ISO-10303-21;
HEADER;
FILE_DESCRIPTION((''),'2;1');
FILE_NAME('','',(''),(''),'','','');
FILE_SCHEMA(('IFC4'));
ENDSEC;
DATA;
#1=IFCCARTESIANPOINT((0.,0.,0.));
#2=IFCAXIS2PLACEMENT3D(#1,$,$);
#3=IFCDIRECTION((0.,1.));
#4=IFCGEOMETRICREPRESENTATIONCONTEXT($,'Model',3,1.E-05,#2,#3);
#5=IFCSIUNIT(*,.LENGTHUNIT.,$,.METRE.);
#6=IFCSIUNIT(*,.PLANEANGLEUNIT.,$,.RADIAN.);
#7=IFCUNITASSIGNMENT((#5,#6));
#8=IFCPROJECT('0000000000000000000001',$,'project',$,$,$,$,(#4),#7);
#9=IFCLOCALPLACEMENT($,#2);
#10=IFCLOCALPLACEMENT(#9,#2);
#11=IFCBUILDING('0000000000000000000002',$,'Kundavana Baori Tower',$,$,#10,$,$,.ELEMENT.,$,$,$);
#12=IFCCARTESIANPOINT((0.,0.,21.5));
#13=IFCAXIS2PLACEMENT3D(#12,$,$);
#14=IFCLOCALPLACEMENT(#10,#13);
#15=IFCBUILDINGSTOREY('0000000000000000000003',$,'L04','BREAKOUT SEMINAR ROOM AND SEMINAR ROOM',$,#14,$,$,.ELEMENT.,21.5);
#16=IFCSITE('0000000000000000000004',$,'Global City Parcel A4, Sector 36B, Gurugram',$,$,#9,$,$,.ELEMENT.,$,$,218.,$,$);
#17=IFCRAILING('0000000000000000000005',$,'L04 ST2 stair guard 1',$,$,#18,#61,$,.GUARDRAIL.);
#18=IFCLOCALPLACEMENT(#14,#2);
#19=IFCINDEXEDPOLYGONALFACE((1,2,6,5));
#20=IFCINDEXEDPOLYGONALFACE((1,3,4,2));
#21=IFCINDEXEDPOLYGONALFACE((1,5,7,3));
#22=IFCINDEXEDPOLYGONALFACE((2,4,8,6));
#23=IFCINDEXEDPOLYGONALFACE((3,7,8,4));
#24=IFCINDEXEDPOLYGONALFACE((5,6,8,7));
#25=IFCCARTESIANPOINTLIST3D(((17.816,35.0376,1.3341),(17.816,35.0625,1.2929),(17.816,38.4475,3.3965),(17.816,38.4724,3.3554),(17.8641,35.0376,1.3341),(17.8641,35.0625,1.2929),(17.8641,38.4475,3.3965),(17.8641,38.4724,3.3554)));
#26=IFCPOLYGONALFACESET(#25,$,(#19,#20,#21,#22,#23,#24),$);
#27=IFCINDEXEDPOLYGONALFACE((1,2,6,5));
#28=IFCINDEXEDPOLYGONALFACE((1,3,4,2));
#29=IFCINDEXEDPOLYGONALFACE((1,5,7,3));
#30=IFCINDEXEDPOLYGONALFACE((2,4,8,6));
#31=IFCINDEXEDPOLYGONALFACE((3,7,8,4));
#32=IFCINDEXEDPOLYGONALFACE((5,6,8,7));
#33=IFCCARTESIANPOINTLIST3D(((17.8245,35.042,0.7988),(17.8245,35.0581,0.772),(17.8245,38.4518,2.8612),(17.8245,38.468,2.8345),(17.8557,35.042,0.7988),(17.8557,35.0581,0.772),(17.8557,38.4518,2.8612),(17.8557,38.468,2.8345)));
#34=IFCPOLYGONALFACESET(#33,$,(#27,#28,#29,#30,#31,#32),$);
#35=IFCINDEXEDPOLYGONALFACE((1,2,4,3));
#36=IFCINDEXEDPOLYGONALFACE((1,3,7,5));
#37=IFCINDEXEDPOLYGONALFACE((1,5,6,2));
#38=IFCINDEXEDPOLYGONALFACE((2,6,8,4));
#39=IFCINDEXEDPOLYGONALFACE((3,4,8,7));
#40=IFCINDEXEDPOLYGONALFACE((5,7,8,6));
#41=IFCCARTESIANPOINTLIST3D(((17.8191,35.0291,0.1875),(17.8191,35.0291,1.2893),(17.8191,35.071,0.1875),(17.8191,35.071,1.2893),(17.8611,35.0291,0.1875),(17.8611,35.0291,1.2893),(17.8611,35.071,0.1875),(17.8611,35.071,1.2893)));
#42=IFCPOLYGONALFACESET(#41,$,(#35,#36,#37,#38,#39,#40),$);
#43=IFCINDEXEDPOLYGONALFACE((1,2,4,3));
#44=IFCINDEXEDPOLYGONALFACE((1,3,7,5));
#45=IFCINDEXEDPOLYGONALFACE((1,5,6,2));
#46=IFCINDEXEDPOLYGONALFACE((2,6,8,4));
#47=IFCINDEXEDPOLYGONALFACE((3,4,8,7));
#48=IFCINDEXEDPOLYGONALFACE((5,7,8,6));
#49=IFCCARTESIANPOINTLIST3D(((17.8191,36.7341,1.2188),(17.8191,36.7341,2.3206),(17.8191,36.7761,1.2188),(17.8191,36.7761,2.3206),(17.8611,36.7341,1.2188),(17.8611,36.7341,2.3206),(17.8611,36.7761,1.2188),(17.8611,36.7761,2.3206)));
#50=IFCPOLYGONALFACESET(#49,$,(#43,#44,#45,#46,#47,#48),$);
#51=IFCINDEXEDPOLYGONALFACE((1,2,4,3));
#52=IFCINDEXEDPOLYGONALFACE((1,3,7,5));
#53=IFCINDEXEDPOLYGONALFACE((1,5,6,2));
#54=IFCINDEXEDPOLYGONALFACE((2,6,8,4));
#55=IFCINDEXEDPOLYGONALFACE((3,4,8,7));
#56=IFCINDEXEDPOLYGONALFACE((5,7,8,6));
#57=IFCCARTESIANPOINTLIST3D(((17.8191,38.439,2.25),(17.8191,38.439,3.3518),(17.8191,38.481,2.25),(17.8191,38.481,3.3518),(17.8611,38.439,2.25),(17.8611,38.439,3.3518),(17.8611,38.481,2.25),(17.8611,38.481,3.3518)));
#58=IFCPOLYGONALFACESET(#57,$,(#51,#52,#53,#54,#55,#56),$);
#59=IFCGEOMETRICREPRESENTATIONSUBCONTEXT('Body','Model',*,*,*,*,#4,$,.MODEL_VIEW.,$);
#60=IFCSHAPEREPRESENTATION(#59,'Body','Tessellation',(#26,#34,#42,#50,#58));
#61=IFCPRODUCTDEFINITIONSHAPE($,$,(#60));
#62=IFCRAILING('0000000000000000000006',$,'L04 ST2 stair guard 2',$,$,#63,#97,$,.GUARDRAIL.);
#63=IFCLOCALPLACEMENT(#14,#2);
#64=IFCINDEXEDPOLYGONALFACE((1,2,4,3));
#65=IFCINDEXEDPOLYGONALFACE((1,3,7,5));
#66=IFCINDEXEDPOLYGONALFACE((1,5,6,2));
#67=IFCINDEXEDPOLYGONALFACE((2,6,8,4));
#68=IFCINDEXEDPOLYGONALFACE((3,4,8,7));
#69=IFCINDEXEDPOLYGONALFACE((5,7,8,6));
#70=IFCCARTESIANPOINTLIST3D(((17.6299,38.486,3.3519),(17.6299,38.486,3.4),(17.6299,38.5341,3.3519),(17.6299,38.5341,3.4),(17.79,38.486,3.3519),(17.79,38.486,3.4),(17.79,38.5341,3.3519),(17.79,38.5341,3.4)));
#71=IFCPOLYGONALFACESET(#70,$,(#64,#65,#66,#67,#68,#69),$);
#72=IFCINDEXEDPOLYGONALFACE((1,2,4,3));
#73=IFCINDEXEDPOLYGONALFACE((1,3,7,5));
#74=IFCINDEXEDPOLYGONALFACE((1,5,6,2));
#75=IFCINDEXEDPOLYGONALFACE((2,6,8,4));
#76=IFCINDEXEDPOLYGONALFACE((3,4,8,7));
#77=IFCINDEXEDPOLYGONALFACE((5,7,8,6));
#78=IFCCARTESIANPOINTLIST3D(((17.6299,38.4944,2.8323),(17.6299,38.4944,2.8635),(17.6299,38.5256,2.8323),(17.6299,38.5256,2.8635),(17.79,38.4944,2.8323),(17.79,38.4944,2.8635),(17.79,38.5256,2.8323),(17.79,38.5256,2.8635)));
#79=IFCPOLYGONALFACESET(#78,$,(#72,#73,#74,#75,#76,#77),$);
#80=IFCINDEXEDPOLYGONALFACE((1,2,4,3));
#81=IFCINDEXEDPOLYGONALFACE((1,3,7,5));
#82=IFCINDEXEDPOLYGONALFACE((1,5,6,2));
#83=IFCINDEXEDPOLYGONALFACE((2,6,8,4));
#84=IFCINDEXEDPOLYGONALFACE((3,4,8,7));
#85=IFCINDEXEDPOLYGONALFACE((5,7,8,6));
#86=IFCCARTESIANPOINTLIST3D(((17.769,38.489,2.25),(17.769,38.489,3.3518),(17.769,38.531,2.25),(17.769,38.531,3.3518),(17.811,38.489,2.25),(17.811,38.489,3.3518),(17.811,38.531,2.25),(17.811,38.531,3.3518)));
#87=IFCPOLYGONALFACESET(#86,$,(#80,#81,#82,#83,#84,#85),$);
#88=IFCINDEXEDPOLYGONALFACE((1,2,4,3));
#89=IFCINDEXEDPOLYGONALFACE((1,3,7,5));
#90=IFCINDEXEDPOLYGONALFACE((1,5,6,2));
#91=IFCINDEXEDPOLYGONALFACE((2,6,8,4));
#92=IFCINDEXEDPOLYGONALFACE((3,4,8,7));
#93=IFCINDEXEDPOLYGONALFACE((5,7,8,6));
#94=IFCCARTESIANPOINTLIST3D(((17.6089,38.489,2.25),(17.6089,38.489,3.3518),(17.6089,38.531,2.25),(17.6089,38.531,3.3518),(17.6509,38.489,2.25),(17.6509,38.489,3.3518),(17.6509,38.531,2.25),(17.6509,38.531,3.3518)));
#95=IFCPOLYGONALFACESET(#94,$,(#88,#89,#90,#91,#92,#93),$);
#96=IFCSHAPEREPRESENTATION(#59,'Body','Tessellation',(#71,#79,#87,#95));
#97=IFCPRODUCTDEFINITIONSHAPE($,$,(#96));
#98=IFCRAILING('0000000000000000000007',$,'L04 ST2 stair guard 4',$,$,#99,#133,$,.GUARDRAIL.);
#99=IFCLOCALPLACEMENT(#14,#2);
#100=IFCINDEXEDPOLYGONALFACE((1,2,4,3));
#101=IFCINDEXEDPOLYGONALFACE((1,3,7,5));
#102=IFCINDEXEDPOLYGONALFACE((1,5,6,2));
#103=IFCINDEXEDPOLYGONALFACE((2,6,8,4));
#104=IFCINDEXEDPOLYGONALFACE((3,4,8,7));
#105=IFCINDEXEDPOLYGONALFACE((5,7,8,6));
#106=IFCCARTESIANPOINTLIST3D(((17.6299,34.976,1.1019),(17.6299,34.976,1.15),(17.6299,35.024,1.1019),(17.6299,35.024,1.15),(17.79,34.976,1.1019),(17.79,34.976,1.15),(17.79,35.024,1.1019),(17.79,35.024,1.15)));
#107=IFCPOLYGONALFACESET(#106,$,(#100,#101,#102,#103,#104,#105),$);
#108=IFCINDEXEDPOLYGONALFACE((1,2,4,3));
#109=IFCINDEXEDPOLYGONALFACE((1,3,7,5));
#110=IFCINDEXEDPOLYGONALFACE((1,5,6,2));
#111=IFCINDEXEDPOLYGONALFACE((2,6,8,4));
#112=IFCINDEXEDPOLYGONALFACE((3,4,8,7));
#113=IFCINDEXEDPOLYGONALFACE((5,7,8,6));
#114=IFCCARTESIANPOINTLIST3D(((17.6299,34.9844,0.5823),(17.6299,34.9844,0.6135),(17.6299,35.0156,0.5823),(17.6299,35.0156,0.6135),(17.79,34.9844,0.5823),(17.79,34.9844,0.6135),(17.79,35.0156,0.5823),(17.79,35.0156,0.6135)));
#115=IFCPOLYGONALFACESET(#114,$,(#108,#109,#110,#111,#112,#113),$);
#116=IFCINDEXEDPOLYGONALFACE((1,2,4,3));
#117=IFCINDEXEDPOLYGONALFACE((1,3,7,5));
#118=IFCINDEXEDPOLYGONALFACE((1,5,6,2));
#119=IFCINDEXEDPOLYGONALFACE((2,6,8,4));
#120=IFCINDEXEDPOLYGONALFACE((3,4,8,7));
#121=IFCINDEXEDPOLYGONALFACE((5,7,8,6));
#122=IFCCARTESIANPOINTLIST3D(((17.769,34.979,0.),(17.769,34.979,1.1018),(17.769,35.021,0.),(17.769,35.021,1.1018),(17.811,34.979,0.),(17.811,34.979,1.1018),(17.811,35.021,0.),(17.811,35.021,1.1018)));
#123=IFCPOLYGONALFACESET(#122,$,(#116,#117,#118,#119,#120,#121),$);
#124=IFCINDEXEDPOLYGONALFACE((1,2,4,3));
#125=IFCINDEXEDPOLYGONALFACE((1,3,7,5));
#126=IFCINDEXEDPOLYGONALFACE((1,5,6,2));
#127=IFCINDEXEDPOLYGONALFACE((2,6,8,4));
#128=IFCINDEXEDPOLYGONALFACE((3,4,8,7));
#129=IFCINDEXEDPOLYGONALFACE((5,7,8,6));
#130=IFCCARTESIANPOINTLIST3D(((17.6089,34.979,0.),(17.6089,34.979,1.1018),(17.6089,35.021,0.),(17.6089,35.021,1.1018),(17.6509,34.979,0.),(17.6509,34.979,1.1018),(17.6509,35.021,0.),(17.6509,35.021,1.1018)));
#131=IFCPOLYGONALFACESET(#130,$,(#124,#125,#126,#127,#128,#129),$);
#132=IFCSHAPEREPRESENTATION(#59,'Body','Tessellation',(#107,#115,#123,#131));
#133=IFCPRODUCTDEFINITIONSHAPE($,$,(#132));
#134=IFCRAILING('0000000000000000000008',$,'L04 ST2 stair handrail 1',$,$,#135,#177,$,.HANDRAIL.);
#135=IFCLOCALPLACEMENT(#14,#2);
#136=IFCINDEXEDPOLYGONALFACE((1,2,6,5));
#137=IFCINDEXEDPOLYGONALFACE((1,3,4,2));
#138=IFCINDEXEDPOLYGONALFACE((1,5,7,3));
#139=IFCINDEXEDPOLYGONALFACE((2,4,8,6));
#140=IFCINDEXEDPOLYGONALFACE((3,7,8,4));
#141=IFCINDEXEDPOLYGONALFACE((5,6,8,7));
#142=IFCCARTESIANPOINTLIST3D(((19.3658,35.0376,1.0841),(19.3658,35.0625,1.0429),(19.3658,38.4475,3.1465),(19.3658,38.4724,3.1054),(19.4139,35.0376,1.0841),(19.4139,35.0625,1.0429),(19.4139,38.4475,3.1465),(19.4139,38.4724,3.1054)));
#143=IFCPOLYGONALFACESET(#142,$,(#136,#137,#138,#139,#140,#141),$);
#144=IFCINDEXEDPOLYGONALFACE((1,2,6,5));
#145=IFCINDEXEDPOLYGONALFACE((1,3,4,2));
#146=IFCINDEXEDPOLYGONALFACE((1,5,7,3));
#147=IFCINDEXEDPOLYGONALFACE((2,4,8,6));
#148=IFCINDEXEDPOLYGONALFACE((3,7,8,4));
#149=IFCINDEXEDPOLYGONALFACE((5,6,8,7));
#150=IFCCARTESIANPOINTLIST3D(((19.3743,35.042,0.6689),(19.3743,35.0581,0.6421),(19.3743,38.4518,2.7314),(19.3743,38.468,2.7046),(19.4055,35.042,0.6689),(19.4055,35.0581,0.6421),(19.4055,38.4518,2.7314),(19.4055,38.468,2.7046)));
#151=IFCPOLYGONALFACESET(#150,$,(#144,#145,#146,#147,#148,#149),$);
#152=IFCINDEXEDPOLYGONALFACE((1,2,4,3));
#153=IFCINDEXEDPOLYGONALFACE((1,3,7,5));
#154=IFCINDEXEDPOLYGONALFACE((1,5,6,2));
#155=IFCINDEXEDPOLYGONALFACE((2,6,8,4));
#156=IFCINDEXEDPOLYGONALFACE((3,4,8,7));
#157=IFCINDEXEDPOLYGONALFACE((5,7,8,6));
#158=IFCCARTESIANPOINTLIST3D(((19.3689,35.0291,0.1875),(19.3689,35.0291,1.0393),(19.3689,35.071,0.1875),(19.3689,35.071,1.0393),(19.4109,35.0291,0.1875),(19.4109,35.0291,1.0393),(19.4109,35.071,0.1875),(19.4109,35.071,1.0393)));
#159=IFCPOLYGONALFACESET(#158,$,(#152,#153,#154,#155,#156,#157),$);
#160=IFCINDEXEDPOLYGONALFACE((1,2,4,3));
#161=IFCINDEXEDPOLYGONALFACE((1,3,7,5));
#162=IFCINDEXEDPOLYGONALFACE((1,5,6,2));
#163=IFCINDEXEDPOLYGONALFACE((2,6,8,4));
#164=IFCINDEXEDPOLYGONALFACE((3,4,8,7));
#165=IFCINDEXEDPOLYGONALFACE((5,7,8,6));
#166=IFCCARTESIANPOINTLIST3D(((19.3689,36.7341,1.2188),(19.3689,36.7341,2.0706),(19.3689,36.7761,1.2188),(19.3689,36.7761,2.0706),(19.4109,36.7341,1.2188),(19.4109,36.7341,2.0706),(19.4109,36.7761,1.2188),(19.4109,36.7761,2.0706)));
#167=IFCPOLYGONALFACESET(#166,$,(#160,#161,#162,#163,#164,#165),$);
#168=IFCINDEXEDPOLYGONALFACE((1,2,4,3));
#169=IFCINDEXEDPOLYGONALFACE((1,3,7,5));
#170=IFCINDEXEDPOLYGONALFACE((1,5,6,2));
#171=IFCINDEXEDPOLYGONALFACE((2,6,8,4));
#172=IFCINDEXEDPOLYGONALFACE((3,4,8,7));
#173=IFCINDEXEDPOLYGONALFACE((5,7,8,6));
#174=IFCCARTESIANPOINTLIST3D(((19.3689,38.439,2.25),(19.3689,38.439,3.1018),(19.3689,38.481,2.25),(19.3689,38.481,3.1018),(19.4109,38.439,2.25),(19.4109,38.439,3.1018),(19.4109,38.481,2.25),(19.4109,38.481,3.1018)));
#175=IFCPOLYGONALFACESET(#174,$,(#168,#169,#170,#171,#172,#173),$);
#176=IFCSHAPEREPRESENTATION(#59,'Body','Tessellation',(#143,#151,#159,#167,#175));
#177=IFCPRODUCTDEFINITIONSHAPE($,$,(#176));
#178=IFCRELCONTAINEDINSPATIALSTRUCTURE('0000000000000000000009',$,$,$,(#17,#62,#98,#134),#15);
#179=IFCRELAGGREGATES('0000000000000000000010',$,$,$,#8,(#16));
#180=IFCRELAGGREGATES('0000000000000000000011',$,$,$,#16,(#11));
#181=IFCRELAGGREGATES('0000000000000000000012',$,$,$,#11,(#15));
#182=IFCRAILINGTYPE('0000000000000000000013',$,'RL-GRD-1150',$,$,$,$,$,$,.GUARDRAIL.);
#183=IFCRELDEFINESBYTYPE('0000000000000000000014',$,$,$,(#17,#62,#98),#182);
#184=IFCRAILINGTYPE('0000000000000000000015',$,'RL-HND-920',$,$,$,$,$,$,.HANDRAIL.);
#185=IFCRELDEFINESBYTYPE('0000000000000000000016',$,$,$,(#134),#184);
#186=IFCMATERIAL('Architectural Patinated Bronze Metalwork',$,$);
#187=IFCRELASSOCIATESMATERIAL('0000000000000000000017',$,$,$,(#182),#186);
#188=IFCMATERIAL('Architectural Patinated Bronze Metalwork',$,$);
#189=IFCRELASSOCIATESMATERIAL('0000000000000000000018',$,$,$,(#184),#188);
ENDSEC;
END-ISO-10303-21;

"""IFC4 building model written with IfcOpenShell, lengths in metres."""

from ifc_helpers import new_model, si_unit, direction, frame, origin, origin_2d, place, context, subcontext, project, spatial, rectangle, extrude, material, type_object, element, save


model = new_model("IFC4")

# Units and contexts
model_context = context("Model", 3, precision=1e-05, world=origin(), true_north=direction((0.0, 1.0)))
body_context = subcontext(model_context, "Body", "Model", "MODEL_VIEW")
ifc_project = project(units=[si_unit("LENGTHUNIT", "METRE"), si_unit("PLANEANGLEUNIT", "RADIAN")], contexts=[model_context])

# Site, building, storey
site_placement = place(None, origin())
site = spatial("IfcSite", under=ifc_project, at=site_placement, Name="Global City Parcel A4, Sector 36B, Gurugram", CompositionType="ELEMENT", RefElevation=218.0)
building_placement = place(site_placement, origin())
building = spatial("IfcBuilding", under=site, at=building_placement, Name="Kundavana Baori Tower", CompositionType="ELEMENT")
storey_placement = place(building_placement, frame((0.0, 0.0, 21.5)))
storey = spatial("IfcBuildingStorey", under=building, at=storey_placement, Name="L04", Description="BREAKOUT SEMINAR ROOM AND SEMINAR ROOM", CompositionType="ELEMENT", Elevation=21.5)

# Railings
ifc_material_1 = material(Name="Architectural Patinated Bronze Metalwork")
railing_type_1 = type_object("IfcRailingType", Name="RL-GRD-1150", PredefinedType="GUARDRAIL", material=ifc_material_1)
railing_1_placement = place(storey_placement, frame((17.8401, 35.05, 0.1875)))
element("IfcRailing", 1, at=railing_1_placement, inside=storey, type_object=railing_type_1, Name="L04 ST2 stair guard 1", PredefinedType="GUARDRAIL", context=body_context, shape_type="SweptSolid", body=[
    extrude(rectangle(XDim=0.0481, YDim=0.0481, at=origin_2d()), frame((0.0, 0.0, 1.126), z_axis=(0.0, 0.855655, 0.517547), x_axis=(-1.0, 0.0, 0.0)), (0.0, 0.0, 1.0), 3.9851),
    extrude(rectangle(XDim=0.0312, YDim=0.0312, at=origin_2d()), frame((0.0, 0.0, 0.5979), z_axis=(0.0, 0.855655, 0.517547), x_axis=(-1.0, 0.0, 0.0)), (0.0, 0.0, 1.0), 3.9851),
    extrude(rectangle(XDim=0.042, YDim=0.042, at=origin_2d()), origin(), (0.0, 0.0, 1.0), 1.1018),
    extrude(rectangle(XDim=0.042, YDim=0.042, at=origin_2d()), frame((0.0, 1.7051, 1.0312)), (0.0, 0.0, 1.0), 1.1018),
    extrude(rectangle(XDim=0.042, YDim=0.042, at=origin_2d()), frame((0.0, 3.4099, 2.0625)), (0.0, 0.0, 1.0), 1.1018),
])
for number, where, name in (
    (2, (17.79, 38.51, 2.25), "L04 ST2 stair guard 2"),
    (3, (17.79, 35.0, 0.0), "L04 ST2 stair guard 4"),
):
    element("IfcRailing", number, at=place(storey_placement, frame(where)), inside=storey, type_object=railing_type_1, Name=name, PredefinedType="GUARDRAIL", context=body_context, shape_type="SweptSolid", body=[
        extrude(rectangle(XDim=0.0481, YDim=0.0481, at=origin_2d()), frame((0.0, 0.0, 1.126), z_axis=(-1.0, 0.0, 0.0), x_axis=(0.0, -1.0, 0.0)), (0.0, 0.0, 1.0), 0.1602),
        extrude(rectangle(XDim=0.0312, YDim=0.0312, at=origin_2d()), frame((0.0, 0.0, 0.5979), z_axis=(-1.0, 0.0, 0.0), x_axis=(0.0, -1.0, 0.0)), (0.0, 0.0, 1.0), 0.1602),
        extrude(rectangle(XDim=0.042, YDim=0.042, at=origin_2d()), origin(), (0.0, 0.0, 1.0), 1.1018),
        extrude(rectangle(XDim=0.042, YDim=0.042, at=origin_2d()), frame((-0.1602, 0.0, 0.0)), (0.0, 0.0, 1.0), 1.1018),
    ])
ifc_material_2 = material(Name="Architectural Patinated Bronze Metalwork")
railing_type_2 = type_object("IfcRailingType", Name="RL-HND-920", PredefinedType="HANDRAIL", material=ifc_material_2)
railing_2_placement = place(storey_placement, frame((19.3899, 35.05, 0.1875)))
element("IfcRailing", 4, at=railing_2_placement, inside=storey, type_object=railing_type_2, Name="L04 ST2 stair handrail 1", PredefinedType="HANDRAIL", context=body_context, shape_type="SweptSolid", body=[
    extrude(rectangle(XDim=0.0481, YDim=0.0481, at=origin_2d()), frame((0.0, 0.0, 0.876), z_axis=(0.0, 0.855655, 0.517547), x_axis=(-1.0, 0.0, 0.0)), (0.0, 0.0, 1.0), 3.9851),
    extrude(rectangle(XDim=0.0312, YDim=0.0312, at=origin_2d()), frame((0.0, 0.0, 0.468), z_axis=(0.0, 0.855655, 0.517547), x_axis=(-1.0, 0.0, 0.0)), (0.0, 0.0, 1.0), 3.9851),
    extrude(rectangle(XDim=0.042, YDim=0.042, at=origin_2d()), origin(), (0.0, 0.0, 1.0), 0.8518),
    extrude(rectangle(XDim=0.042, YDim=0.042, at=origin_2d()), frame((0.0, 1.7051, 1.0312)), (0.0, 0.0, 1.0), 0.8518),
    extrude(rectangle(XDim=0.042, YDim=0.042, at=origin_2d()), frame((0.0, 3.4099, 2.0625)), (0.0, 0.0, 1.0), 0.8518),
])

save(model, "model.ifc")
